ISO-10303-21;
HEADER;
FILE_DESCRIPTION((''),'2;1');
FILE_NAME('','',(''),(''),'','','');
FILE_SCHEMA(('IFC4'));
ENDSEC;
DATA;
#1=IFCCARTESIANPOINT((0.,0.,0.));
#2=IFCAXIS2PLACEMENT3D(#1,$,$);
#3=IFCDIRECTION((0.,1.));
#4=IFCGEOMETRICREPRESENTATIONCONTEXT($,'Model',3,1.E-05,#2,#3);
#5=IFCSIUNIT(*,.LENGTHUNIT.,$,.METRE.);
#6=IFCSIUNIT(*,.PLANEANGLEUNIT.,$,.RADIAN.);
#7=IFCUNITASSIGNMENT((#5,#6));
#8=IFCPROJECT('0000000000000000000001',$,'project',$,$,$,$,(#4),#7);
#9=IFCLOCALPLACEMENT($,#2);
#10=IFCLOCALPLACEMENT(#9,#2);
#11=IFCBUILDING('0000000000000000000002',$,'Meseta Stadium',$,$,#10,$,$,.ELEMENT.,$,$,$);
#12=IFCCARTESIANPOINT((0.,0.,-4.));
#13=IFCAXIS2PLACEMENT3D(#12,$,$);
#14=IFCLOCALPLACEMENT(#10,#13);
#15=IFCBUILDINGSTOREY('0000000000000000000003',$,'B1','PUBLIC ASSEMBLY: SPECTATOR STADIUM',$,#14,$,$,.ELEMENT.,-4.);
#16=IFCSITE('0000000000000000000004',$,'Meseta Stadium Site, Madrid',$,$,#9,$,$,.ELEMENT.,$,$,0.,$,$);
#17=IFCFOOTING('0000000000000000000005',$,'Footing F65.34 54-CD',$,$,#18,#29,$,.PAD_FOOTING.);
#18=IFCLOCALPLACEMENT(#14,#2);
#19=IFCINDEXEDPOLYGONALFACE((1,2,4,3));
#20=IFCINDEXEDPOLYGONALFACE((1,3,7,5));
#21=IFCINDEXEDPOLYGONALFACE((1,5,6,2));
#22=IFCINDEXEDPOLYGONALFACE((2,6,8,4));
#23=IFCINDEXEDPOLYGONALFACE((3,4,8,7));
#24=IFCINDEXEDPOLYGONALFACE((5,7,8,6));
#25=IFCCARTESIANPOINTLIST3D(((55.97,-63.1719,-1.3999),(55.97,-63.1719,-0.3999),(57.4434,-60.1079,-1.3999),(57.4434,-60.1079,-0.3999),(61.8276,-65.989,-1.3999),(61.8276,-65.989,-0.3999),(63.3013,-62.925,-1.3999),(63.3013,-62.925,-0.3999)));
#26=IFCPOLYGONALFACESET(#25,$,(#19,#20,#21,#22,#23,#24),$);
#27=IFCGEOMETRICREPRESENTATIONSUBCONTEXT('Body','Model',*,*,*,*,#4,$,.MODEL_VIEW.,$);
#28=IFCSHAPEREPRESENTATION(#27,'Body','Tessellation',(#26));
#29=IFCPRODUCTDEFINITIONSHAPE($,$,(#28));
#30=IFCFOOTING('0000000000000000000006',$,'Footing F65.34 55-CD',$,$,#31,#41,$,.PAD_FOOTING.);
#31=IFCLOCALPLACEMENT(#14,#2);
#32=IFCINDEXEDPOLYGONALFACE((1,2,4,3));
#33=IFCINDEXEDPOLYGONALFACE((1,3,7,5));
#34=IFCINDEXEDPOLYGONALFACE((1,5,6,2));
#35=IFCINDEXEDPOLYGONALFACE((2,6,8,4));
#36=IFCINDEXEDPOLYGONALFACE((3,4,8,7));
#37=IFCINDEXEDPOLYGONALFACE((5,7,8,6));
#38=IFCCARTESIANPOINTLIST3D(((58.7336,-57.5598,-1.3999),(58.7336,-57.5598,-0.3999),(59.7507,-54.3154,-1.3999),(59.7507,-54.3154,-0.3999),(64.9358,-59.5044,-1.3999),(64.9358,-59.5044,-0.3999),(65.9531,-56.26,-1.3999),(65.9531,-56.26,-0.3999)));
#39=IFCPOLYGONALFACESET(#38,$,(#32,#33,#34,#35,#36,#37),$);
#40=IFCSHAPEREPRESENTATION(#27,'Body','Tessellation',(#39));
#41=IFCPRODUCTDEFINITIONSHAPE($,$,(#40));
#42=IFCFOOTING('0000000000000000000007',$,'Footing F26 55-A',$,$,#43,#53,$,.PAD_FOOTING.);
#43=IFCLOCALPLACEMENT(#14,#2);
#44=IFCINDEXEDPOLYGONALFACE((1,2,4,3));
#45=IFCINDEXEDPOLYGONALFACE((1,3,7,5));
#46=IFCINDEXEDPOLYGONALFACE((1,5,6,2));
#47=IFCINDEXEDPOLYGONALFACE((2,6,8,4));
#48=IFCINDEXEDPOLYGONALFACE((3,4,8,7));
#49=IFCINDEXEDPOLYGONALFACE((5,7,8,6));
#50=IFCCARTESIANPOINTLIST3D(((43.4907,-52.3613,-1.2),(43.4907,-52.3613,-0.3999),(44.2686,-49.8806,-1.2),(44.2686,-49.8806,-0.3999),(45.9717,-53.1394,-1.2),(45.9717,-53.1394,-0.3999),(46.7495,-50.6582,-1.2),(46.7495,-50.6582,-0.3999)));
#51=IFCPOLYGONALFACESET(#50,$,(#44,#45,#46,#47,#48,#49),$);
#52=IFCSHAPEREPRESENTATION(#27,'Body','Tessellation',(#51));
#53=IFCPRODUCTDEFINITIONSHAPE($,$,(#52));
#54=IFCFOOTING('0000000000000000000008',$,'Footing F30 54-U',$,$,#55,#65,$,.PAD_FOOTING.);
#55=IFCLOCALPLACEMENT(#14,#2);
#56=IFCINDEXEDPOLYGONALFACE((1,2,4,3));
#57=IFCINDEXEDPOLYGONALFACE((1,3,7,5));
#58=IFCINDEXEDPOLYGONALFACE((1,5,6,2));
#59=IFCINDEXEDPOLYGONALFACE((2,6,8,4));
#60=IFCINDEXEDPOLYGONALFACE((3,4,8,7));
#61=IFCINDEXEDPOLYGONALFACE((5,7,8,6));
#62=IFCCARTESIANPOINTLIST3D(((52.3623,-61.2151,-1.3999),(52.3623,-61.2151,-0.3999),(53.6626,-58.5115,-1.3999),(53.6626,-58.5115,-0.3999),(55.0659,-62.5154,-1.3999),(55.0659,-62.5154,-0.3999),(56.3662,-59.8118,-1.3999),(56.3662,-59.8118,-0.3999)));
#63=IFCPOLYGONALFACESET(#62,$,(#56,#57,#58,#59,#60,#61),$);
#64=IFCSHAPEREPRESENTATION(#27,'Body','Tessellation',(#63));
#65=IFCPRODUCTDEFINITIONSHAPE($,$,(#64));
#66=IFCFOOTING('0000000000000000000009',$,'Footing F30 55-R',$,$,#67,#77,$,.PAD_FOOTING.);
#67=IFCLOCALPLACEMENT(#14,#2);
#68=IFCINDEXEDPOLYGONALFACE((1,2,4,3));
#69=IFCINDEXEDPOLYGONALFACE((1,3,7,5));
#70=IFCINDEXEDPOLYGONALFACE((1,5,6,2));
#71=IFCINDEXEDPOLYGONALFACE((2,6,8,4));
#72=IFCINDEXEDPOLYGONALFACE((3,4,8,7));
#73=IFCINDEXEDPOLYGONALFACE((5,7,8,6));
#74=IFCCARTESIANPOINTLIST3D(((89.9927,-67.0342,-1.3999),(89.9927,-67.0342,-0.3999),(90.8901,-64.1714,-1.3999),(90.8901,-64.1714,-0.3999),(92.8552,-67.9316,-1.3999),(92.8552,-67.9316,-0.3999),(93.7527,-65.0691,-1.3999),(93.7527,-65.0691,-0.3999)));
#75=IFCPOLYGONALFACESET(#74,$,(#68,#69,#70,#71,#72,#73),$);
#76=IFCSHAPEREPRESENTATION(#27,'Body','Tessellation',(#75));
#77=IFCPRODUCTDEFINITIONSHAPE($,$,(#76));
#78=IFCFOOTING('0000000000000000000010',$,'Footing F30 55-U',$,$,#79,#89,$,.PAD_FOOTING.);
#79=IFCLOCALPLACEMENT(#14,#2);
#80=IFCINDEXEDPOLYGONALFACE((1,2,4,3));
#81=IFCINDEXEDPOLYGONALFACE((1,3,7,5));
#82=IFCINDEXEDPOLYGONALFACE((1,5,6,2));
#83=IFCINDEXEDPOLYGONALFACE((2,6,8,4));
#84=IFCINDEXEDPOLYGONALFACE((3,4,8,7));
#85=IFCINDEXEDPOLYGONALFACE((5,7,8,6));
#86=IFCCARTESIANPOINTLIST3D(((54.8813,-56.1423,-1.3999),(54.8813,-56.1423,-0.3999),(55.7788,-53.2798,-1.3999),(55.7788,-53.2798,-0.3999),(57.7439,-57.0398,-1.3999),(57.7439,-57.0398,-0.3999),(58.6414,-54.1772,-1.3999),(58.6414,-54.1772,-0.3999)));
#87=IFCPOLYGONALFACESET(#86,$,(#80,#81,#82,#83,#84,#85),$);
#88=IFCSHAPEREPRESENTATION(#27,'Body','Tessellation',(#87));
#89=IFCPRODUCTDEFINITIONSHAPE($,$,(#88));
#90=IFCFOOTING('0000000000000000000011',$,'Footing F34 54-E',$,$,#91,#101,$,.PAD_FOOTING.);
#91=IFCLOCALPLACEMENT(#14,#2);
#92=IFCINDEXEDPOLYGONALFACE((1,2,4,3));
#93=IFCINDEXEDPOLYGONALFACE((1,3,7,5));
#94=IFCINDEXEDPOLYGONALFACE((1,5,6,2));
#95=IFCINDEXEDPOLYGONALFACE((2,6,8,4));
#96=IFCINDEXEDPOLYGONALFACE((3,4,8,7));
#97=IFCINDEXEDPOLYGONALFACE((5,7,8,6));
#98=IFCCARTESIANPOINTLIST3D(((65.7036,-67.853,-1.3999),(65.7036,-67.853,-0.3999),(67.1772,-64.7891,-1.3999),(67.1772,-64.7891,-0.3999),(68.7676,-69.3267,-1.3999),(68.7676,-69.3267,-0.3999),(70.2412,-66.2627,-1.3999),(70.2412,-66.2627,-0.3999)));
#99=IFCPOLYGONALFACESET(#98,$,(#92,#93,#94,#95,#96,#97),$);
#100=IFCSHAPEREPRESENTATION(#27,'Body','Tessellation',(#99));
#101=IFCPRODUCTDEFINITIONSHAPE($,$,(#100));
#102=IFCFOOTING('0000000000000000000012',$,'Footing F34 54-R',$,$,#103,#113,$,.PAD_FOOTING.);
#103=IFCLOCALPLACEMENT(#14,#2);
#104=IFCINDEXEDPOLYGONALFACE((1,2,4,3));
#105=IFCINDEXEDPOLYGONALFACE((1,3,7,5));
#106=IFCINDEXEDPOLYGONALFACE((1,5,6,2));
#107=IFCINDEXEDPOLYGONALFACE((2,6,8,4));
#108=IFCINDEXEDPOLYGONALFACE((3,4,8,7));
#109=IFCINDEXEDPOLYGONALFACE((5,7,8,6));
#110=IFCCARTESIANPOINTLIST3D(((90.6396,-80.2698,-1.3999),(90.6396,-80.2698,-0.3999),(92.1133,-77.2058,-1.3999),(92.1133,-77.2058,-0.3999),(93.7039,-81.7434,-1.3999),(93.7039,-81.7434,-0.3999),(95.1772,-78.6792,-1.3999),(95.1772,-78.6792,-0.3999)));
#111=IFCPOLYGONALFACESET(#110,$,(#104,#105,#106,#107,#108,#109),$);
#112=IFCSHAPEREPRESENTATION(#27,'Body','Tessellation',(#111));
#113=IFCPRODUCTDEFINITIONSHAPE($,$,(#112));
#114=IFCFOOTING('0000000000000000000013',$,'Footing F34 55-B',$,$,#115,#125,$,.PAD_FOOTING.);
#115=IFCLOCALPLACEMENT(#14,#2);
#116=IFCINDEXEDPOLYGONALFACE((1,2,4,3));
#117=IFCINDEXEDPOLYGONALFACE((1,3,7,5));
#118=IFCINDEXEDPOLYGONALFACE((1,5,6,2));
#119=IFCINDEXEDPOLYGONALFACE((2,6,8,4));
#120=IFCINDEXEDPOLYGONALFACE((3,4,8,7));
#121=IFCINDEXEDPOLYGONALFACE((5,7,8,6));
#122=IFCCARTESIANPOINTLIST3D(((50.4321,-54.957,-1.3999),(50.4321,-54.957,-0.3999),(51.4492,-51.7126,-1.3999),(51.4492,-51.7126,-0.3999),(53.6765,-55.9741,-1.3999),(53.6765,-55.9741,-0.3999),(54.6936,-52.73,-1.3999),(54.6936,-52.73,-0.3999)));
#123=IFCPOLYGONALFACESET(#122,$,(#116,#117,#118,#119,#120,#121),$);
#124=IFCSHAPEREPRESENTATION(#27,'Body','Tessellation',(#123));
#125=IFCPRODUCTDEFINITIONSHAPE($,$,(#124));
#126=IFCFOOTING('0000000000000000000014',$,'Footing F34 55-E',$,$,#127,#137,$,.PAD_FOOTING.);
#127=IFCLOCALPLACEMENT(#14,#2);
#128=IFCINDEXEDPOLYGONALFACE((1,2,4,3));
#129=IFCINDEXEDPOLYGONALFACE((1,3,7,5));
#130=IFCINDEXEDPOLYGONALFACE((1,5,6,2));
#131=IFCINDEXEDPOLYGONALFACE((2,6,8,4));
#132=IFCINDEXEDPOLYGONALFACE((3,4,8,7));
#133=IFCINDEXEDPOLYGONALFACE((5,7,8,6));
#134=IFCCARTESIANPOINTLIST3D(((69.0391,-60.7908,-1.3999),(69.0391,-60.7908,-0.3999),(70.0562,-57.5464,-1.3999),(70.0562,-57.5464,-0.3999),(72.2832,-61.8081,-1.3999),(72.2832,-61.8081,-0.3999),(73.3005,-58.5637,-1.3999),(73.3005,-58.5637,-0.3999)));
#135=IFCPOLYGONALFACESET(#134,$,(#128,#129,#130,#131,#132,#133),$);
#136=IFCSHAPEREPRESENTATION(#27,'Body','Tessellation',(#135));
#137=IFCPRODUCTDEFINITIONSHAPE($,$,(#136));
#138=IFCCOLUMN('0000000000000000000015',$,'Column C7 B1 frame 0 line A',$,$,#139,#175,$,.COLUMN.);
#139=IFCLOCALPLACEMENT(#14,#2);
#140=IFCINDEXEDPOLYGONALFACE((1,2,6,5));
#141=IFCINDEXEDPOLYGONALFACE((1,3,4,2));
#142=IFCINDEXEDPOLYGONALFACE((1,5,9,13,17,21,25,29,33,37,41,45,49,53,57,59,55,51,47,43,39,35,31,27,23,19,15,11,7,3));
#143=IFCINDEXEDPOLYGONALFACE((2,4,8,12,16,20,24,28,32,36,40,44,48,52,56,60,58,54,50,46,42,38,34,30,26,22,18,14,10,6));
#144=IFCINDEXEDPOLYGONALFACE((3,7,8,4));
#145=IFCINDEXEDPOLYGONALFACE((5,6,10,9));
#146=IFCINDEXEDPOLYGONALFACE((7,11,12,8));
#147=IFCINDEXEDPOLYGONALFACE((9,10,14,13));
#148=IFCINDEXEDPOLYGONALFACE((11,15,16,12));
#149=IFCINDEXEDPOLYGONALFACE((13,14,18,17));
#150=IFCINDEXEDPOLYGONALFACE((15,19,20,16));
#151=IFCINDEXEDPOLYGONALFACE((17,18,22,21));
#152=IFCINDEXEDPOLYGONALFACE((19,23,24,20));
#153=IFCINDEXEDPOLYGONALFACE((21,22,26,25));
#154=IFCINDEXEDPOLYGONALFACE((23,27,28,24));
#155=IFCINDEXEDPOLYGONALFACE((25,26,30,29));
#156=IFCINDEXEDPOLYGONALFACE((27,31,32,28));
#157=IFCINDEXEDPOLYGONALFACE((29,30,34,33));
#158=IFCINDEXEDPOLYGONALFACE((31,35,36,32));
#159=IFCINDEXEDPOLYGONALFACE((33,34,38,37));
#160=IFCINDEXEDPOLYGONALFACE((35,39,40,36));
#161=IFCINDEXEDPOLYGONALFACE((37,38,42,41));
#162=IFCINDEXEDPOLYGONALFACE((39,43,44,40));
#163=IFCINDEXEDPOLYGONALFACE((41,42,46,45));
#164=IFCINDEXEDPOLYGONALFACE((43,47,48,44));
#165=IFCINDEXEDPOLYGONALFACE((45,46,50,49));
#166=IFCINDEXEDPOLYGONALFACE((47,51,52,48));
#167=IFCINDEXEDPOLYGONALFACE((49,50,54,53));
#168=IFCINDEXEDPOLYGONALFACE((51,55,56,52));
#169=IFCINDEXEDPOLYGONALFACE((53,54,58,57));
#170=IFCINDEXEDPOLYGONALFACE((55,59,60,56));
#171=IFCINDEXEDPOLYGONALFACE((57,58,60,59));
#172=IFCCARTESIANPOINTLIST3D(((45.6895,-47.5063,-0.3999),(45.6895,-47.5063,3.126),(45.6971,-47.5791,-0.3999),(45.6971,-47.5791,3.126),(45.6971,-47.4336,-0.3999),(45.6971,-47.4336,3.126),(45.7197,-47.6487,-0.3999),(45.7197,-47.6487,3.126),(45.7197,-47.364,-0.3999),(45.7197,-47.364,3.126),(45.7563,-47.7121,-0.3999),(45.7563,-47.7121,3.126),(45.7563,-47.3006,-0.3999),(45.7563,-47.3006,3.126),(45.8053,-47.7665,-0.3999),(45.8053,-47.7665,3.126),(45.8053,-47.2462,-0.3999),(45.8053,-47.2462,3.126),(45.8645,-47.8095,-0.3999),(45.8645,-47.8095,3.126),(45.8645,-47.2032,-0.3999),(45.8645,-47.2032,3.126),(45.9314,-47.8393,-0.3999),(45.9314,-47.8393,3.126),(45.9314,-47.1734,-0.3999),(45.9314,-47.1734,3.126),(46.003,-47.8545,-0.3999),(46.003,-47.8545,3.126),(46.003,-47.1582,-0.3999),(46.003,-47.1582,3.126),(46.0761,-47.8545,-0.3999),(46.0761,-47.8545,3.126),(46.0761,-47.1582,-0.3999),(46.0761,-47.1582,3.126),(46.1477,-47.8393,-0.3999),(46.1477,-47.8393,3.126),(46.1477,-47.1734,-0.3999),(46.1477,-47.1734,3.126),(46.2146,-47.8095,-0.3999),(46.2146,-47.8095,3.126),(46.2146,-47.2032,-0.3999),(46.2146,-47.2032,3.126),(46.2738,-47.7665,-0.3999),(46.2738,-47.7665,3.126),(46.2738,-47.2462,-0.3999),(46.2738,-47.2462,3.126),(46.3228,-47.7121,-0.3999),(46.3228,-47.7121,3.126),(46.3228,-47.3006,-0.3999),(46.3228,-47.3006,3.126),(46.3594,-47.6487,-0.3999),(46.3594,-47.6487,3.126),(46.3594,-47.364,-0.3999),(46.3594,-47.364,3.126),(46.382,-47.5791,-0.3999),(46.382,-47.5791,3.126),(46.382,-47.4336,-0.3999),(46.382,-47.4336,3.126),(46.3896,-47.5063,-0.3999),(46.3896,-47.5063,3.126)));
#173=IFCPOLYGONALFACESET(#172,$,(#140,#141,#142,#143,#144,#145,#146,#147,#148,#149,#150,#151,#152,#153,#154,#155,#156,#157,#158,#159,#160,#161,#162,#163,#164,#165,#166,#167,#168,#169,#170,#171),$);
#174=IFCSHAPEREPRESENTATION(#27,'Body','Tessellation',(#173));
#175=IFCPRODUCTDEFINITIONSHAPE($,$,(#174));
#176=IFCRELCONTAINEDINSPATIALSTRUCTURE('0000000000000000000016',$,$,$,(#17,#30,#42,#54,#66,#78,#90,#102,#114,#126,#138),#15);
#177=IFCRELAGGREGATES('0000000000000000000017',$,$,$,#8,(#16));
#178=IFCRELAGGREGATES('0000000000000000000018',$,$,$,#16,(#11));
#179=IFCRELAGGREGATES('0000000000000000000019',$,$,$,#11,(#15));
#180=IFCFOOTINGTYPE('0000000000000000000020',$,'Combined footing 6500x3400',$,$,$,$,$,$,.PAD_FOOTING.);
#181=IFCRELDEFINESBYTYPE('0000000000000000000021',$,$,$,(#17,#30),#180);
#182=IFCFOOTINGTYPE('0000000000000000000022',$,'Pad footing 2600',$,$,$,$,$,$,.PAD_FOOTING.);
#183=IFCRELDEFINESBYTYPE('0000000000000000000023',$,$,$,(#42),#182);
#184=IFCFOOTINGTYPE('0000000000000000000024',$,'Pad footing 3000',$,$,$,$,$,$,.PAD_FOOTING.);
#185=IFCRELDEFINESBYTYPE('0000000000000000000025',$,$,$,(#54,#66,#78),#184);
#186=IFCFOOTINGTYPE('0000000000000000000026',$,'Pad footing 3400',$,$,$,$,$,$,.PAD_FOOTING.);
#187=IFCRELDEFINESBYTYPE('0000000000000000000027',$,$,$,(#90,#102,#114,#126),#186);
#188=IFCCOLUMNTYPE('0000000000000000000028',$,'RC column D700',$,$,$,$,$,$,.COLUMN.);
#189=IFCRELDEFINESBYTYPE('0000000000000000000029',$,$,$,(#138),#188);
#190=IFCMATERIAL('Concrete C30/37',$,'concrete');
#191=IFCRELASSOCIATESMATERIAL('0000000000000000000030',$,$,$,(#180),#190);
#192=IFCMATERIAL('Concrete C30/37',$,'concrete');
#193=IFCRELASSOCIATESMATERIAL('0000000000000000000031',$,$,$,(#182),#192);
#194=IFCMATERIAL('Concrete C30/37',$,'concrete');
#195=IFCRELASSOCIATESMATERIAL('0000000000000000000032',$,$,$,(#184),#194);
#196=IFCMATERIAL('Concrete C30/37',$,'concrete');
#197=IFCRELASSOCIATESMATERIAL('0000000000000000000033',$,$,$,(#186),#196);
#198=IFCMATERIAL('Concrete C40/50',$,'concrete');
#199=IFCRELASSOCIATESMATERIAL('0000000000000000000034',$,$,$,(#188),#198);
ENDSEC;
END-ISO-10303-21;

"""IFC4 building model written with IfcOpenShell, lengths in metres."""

from ifc_helpers import new_model, si_unit, direction, frame, origin, origin_2d, place, context, subcontext, project, spatial, polyline, circle, outline, extrude, material, material_profile, profile_set, type_object, element, save


model = new_model("IFC4")

# Units and contexts
model_context = context("Model", 3, precision=1e-05, world=origin(), true_north=direction((0.0, 1.0)))
body_context = subcontext(model_context, "Body", "Model", "MODEL_VIEW")
ifc_project = project(units=[si_unit("LENGTHUNIT", "METRE"), si_unit("PLANEANGLEUNIT", "RADIAN")], contexts=[model_context])

# Site, building, storey
site_placement = place(None, origin())
site = spatial("IfcSite", under=ifc_project, at=site_placement, Name="Meseta Stadium Site, Madrid", CompositionType="ELEMENT", RefElevation=0.0)
building_placement = place(site_placement, origin())
building = spatial("IfcBuilding", under=site, at=building_placement, Name="Meseta Stadium", CompositionType="ELEMENT")
storey_placement = place(building_placement, frame((0.0, 0.0, -4.0)))
storey = spatial("IfcBuildingStorey", under=building, at=storey_placement, Name="B1", Description="PUBLIC ASSEMBLY: SPECTATOR STADIUM", CompositionType="ELEMENT", Elevation=-4.0)

# Footings
ifc_material_1 = material(Name="Concrete C30/37", Category="concrete")
footing_type_1 = type_object("IfcFootingType", Name="Combined footing 6500x3400", PredefinedType="PAD_FOOTING", material=ifc_material_1)
footing_1_placement = place(storey_placement, frame((0.0, 0.0, -1.3999)))
element("IfcFooting", 1, at=footing_1_placement, inside=storey, type_object=footing_type_1, Name="Footing F65.34 54-CD", PredefinedType="PAD_FOOTING", context=body_context, shape_type="SweptSolid", body=[
    extrude(outline(polyline([(55.97, -63.1719), (61.8276, -65.989), (63.3013, -62.925), (57.4434, -60.1079), (55.97, -63.1719)])), origin(), (0.0, 0.0, 1.0), 1.0),
])
footing_2_placement = place(storey_placement, frame((0.0, 0.0, -1.3999)))
element("IfcFooting", 2, at=footing_2_placement, inside=storey, type_object=footing_type_1, Name="Footing F65.34 55-CD", PredefinedType="PAD_FOOTING", context=body_context, shape_type="SweptSolid", body=[
    extrude(outline(polyline([(58.7336, -57.5598), (64.9358, -59.5044), (65.9531, -56.26), (59.7507, -54.3154), (58.7336, -57.5598)])), origin(), (0.0, 0.0, 1.0), 1.0),
])
ifc_material_2 = material(Name="Concrete C30/37", Category="concrete")
footing_type_2 = type_object("IfcFootingType", Name="Pad footing 2600", PredefinedType="PAD_FOOTING", material=ifc_material_2)
footing_3_placement = place(storey_placement, frame((0.0, 0.0, -1.2)))
element("IfcFooting", 3, at=footing_3_placement, inside=storey, type_object=footing_type_2, Name="Footing F26 55-A", PredefinedType="PAD_FOOTING", context=body_context, shape_type="SweptSolid", body=[
    extrude(outline(polyline([(43.4907, -52.3613), (45.9717, -53.1394), (46.7495, -50.6582), (44.2686, -49.8806), (43.4907, -52.3613)])), origin(), (0.0, 0.0, 1.0), 0.8),
])
ifc_material_3 = material(Name="Concrete C30/37", Category="concrete")
footing_type_3 = type_object("IfcFootingType", Name="Pad footing 3000", PredefinedType="PAD_FOOTING", material=ifc_material_3)
footing_4_placement = place(storey_placement, frame((0.0, 0.0, -1.3999)))
element("IfcFooting", 4, at=footing_4_placement, inside=storey, type_object=footing_type_3, Name="Footing F30 54-U", PredefinedType="PAD_FOOTING", context=body_context, shape_type="SweptSolid", body=[
    extrude(outline(polyline([(52.3623, -61.2151), (55.0659, -62.5154), (56.3662, -59.8118), (53.6626, -58.5115), (52.3623, -61.2151)])), origin(), (0.0, 0.0, 1.0), 1.0),
])
footing_5_placement = place(storey_placement, frame((0.0, 0.0, -1.3999)))
element("IfcFooting", 5, at=footing_5_placement, inside=storey, type_object=footing_type_3, Name="Footing F30 55-R", PredefinedType="PAD_FOOTING", context=body_context, shape_type="SweptSolid", body=[
    extrude(outline(polyline([(89.9927, -67.0342), (92.8552, -67.9316), (93.7527, -65.0691), (90.8901, -64.1714), (89.9927, -67.0342)])), origin(), (0.0, 0.0, 1.0), 1.0),
])
footing_6_placement = place(storey_placement, frame((0.0, 0.0, -1.3999)))
element("IfcFooting", 6, at=footing_6_placement, inside=storey, type_object=footing_type_3, Name="Footing F30 55-U", PredefinedType="PAD_FOOTING", context=body_context, shape_type="SweptSolid", body=[
    extrude(outline(polyline([(54.8813, -56.1423), (57.7439, -57.0398), (58.6414, -54.1772), (55.7788, -53.2798), (54.8813, -56.1423)])), origin(), (0.0, 0.0, 1.0), 1.0),
])
ifc_material_4 = material(Name="Concrete C30/37", Category="concrete")
footing_type_4 = type_object("IfcFootingType", Name="Pad footing 3400", PredefinedType="PAD_FOOTING", material=ifc_material_4)
footing_7_placement = place(storey_placement, frame((0.0, 0.0, -1.3999)))
element("IfcFooting", 7, at=footing_7_placement, inside=storey, type_object=footing_type_4, Name="Footing F34 54-E", PredefinedType="PAD_FOOTING", context=body_context, shape_type="SweptSolid", body=[
    extrude(outline(polyline([(65.7036, -67.853), (68.7676, -69.3267), (70.2412, -66.2627), (67.1772, -64.7891), (65.7036, -67.853)])), origin(), (0.0, 0.0, 1.0), 1.0),
])
footing_8_placement = place(storey_placement, frame((0.0, 0.0, -1.3999)))
element("IfcFooting", 8, at=footing_8_placement, inside=storey, type_object=footing_type_4, Name="Footing F34 54-R", PredefinedType="PAD_FOOTING", context=body_context, shape_type="SweptSolid", body=[
    extrude(outline(polyline([(90.6396, -80.2698), (93.7039, -81.7434), (95.1772, -78.6792), (92.1133, -77.2058), (90.6396, -80.2698)])), origin(), (0.0, 0.0, 1.0), 1.0),
])
footing_9_placement = place(storey_placement, frame((0.0, 0.0, -1.3999)))
element("IfcFooting", 9, at=footing_9_placement, inside=storey, type_object=footing_type_4, Name="Footing F34 55-B", PredefinedType="PAD_FOOTING", context=body_context, shape_type="SweptSolid", body=[
    extrude(outline(polyline([(50.4321, -54.957), (53.6765, -55.9741), (54.6936, -52.73), (51.4492, -51.7126), (50.4321, -54.957)])), origin(), (0.0, 0.0, 1.0), 1.0),
])
footing_10_placement = place(storey_placement, frame((0.0, 0.0, -1.3999)))
element("IfcFooting", 10, at=footing_10_placement, inside=storey, type_object=footing_type_4, Name="Footing F34 55-E", PredefinedType="PAD_FOOTING", context=body_context, shape_type="SweptSolid", body=[
    extrude(outline(polyline([(69.0391, -60.7908), (72.2832, -61.8081), (73.3005, -58.5637), (70.0562, -57.5464), (69.0391, -60.7908)])), origin(), (0.0, 0.0, 1.0), 1.0),
])

# Column
ifc_material_5 = material(Name="Concrete C40/50", Category="concrete")
ifc_material_profile_1 = material_profile(ifc_material_5, circle(Radius=0.3501, at=origin_2d()), Name="RC D700")
ifc_profile_set_1 = profile_set([ifc_material_profile_1], Name="Concrete C40/50")
column_type_1 = type_object("IfcColumnType", Name="RC column D700", PredefinedType="COLUMN", material=ifc_profile_set_1)
column_1_placement = place(storey_placement, frame((46.0396, -47.5063, -0.3999), z_axis=(0.0, 0.0, 1.0), x_axis=(1.0, 0.0, 0.0)))
element("IfcColumn", 11, at=column_1_placement, inside=storey, type_object=column_type_1, Name="Column C7 B1 frame 0 line A", PredefinedType="COLUMN", context=body_context, shape_type="SweptSolid", body=[
    extrude(circle(Radius=0.3501, at=origin_2d()), origin(), (0.0, 0.0, 1.0), 3.5259),
])

save(model, "model.ifc")
